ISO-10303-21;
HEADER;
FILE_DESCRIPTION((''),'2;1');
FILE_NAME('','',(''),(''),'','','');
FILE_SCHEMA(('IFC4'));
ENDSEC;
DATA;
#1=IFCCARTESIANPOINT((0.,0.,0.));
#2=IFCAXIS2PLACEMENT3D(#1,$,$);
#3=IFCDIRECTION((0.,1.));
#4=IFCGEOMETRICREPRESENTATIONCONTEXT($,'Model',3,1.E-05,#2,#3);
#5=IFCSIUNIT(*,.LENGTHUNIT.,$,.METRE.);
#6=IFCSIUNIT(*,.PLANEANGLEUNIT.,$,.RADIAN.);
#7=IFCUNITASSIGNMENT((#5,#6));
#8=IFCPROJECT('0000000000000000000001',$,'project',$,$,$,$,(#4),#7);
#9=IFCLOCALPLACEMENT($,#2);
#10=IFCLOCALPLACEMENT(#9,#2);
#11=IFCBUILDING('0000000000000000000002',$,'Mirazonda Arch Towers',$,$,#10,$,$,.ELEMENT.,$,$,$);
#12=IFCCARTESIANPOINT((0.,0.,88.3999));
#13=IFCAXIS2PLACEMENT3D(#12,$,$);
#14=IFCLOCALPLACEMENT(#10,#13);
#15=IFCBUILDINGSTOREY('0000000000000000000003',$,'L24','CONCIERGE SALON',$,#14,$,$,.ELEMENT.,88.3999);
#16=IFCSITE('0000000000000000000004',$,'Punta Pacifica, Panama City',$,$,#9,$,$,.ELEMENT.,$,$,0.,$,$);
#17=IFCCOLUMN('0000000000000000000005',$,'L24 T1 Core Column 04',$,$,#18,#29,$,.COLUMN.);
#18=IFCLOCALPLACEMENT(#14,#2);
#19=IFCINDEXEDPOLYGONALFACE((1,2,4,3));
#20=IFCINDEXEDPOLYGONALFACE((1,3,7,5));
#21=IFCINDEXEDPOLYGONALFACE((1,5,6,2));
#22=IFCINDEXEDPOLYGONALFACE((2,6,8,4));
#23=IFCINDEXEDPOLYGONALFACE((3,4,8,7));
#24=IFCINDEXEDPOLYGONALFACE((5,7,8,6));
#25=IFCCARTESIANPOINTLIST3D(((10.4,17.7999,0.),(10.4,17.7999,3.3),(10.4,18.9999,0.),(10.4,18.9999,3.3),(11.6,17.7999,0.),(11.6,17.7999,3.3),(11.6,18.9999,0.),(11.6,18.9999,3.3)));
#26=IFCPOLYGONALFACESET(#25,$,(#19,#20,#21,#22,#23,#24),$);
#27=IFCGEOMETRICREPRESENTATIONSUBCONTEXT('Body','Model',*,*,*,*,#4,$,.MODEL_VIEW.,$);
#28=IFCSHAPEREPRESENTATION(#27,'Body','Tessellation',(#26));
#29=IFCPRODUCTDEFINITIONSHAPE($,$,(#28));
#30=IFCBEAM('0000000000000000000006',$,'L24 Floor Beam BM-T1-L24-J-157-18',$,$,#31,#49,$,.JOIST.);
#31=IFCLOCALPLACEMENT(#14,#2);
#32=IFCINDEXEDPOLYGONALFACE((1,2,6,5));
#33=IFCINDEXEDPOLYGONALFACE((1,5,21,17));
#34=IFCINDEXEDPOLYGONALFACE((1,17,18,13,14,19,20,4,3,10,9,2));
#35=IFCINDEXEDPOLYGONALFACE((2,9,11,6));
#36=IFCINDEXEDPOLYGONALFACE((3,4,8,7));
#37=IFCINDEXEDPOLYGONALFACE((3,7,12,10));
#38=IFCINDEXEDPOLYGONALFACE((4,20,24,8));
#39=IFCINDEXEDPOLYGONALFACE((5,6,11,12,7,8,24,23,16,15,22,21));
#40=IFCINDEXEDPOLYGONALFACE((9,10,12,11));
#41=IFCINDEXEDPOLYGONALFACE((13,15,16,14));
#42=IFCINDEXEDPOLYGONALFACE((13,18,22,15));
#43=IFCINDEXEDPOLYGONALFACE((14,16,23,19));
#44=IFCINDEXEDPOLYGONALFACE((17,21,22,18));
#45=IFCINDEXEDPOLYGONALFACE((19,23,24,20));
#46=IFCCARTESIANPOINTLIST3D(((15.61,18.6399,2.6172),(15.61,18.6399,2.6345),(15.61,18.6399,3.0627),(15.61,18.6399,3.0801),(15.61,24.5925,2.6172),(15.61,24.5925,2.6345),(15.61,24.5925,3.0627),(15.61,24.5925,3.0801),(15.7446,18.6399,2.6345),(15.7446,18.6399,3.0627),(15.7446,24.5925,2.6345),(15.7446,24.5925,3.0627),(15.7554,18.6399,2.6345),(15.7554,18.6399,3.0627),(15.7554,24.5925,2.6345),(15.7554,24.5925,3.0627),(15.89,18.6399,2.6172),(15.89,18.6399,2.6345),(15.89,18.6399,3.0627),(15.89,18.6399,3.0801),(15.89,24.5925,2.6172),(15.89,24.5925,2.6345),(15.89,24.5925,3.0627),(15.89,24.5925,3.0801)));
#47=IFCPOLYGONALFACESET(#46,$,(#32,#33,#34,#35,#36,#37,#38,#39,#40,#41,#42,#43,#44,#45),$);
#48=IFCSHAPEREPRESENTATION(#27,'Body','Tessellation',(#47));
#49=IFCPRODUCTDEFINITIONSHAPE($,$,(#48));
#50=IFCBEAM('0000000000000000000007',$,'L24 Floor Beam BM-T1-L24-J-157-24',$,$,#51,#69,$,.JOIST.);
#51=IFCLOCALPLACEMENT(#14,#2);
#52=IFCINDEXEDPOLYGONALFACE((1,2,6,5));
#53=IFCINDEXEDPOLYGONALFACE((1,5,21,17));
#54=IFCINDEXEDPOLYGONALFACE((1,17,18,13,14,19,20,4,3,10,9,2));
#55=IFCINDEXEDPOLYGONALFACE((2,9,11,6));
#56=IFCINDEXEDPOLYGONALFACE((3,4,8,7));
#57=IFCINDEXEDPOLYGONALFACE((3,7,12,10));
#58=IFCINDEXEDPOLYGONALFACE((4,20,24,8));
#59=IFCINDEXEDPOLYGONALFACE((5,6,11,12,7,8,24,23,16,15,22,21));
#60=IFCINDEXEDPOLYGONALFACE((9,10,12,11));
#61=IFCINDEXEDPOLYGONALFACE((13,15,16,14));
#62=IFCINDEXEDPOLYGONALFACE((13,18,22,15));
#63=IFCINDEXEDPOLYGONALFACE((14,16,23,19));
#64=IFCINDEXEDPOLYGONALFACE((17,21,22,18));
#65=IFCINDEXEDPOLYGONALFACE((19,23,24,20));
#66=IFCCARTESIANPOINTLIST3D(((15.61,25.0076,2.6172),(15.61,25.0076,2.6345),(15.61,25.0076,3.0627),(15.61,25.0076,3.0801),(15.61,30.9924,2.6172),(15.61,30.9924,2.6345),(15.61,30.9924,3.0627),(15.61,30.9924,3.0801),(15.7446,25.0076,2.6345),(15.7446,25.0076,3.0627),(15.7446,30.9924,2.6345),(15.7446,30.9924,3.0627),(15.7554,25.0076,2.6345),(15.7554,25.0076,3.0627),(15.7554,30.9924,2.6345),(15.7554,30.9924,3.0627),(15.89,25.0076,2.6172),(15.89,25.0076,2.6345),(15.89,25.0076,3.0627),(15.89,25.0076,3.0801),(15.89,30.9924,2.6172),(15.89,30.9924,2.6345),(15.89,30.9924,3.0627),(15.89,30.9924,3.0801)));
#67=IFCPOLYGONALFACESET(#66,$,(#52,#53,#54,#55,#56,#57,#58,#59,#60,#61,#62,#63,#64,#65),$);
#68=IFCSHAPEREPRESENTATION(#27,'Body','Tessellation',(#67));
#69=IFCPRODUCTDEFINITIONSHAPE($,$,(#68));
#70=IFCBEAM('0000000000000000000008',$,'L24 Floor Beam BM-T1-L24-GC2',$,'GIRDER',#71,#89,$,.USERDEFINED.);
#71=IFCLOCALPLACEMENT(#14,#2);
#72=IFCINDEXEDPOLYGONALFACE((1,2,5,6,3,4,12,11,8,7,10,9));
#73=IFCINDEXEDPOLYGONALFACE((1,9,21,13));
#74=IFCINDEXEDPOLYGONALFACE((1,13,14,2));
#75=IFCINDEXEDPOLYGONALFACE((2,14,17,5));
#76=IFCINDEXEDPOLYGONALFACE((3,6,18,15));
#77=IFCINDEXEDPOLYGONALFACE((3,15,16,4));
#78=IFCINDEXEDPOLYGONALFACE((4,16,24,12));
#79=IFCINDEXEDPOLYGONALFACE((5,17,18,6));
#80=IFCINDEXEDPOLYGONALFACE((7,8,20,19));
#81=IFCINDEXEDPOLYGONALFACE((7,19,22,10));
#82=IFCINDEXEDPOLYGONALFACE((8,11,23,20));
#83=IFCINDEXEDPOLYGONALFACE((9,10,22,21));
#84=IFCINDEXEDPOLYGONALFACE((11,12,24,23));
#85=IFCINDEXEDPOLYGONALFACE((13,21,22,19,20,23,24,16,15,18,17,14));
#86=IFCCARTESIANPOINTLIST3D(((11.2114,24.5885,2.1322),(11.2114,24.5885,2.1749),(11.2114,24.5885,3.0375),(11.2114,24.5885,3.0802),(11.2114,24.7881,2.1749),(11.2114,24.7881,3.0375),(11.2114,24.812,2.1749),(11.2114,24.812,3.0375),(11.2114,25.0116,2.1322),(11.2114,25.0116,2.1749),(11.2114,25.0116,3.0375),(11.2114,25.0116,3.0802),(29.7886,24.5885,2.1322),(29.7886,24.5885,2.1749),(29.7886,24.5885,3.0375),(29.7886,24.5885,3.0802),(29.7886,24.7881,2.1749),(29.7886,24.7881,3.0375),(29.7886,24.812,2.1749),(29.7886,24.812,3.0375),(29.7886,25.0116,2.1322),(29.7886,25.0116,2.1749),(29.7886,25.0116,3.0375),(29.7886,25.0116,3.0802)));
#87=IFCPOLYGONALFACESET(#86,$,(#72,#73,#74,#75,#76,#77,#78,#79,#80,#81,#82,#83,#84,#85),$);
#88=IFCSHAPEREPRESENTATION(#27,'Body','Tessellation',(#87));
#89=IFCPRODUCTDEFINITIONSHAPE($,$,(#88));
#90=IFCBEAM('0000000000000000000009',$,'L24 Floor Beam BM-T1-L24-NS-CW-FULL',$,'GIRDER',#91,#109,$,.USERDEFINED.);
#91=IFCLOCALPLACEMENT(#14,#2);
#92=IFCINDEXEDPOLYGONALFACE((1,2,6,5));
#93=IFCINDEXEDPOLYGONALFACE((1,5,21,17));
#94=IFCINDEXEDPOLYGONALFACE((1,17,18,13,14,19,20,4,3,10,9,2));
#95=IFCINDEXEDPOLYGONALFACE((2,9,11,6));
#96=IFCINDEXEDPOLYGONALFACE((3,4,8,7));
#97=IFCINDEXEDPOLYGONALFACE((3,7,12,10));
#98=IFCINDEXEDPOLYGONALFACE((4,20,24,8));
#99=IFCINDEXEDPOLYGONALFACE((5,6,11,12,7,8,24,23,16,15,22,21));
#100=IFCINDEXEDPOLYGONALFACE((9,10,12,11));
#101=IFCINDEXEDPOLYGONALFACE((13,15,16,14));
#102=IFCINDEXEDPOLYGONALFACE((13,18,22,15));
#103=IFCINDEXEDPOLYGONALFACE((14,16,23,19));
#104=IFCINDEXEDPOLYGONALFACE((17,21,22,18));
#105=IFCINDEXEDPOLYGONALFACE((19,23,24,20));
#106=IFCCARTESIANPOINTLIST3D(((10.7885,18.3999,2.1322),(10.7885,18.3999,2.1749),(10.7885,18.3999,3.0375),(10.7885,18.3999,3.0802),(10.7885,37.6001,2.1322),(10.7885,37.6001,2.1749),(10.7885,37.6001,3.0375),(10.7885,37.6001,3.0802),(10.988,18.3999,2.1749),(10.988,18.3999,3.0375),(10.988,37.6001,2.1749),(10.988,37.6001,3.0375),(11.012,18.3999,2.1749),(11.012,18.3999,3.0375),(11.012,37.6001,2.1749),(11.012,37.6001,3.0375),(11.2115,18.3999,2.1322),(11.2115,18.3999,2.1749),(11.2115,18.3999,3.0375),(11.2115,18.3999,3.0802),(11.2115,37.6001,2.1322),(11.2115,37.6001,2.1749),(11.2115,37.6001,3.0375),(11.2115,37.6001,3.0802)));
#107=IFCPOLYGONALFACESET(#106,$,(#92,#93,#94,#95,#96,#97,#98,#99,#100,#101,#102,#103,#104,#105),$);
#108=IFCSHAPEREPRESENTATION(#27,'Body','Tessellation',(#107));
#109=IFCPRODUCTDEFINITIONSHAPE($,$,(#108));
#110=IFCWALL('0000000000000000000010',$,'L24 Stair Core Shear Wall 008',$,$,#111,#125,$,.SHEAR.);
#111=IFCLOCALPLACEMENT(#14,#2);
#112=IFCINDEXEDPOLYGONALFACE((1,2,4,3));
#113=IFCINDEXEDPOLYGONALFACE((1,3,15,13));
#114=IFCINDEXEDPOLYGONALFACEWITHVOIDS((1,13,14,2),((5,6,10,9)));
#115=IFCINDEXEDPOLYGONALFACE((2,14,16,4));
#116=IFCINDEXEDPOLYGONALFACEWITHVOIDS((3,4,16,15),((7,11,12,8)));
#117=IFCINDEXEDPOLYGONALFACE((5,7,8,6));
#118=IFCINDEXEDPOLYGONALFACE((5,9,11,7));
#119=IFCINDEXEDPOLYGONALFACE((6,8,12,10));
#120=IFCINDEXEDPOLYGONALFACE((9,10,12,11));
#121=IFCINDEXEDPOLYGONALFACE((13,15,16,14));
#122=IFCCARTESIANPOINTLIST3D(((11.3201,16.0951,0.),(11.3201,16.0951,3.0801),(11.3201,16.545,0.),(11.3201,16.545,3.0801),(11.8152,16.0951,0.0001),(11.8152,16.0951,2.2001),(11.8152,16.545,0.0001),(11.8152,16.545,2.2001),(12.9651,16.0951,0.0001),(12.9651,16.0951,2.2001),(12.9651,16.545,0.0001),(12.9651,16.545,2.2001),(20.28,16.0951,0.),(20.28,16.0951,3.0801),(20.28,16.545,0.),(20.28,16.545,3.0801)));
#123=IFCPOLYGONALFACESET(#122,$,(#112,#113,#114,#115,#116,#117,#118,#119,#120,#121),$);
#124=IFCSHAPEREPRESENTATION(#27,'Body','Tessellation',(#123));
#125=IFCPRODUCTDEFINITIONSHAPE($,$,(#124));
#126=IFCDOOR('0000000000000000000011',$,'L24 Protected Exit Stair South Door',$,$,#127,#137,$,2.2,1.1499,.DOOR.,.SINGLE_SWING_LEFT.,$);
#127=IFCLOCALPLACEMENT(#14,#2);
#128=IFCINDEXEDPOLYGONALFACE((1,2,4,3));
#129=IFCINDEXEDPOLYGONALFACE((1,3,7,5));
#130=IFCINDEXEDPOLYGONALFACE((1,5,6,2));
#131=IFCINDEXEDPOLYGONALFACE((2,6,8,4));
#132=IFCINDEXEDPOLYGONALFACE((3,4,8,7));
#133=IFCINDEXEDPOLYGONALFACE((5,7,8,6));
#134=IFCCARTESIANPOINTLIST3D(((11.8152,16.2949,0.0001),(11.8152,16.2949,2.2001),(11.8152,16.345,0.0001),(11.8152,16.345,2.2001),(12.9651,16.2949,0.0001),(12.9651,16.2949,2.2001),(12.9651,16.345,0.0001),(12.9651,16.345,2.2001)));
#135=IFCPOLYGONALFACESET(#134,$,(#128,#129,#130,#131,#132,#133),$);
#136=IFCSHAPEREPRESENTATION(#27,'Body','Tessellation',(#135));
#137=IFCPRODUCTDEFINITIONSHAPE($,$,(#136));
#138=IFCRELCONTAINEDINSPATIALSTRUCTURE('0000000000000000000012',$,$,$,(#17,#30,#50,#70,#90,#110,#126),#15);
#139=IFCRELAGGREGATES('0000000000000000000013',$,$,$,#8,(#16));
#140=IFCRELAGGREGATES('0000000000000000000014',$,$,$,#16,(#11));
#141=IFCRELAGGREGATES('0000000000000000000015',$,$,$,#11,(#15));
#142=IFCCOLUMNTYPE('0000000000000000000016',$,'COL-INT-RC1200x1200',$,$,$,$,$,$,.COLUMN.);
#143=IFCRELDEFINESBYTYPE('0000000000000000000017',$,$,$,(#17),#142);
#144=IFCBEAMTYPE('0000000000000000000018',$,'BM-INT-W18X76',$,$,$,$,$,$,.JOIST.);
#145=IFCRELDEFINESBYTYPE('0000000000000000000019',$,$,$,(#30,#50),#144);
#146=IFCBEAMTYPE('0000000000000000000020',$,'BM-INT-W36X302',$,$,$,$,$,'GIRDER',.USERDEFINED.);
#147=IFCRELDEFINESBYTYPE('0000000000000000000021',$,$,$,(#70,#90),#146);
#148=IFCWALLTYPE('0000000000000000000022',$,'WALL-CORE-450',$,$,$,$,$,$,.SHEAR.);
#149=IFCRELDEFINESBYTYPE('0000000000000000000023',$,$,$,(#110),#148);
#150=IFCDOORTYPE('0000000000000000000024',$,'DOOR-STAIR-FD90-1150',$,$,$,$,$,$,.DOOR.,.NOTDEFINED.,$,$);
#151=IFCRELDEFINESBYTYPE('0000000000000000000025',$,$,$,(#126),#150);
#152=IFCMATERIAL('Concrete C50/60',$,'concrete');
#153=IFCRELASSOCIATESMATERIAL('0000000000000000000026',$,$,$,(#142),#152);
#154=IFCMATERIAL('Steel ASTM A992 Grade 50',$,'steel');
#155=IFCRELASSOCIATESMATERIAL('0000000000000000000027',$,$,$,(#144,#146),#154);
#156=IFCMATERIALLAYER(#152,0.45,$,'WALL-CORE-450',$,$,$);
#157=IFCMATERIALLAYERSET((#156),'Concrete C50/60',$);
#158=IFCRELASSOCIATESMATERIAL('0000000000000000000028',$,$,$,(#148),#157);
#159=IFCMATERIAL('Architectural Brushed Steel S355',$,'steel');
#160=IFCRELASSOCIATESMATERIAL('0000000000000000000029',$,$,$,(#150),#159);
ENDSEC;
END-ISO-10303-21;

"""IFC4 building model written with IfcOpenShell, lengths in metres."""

from ifc_helpers import new_model, si_unit, direction, frame, frame_2d, origin, origin_2d, place, context, subcontext, project, spatial, rectangle, i_section, extrude, material, layer, layer_set, material_profile, profile_set, type_object, element, fill, save


model = new_model("IFC4")

# Units and contexts
model_context = context("Model", 3, precision=1e-05, world=origin(), true_north=direction((0.0, 1.0)))
body_context = subcontext(model_context, "Body", "Model", "MODEL_VIEW")
ifc_project = project(units=[si_unit("LENGTHUNIT", "METRE"), si_unit("PLANEANGLEUNIT", "RADIAN")], contexts=[model_context])

# Site, building, storey
site_placement = place(None, origin())
site = spatial("IfcSite", under=ifc_project, at=site_placement, Name="Punta Pacifica, Panama City", CompositionType="ELEMENT", RefElevation=0.0)
building_placement = place(site_placement, origin())
building = spatial("IfcBuilding", under=site, at=building_placement, Name="Mirazonda Arch Towers", CompositionType="ELEMENT")
storey_placement = place(building_placement, frame((0.0, 0.0, 88.3999)))
storey = spatial("IfcBuildingStorey", under=building, at=storey_placement, Name="L24", Description="CONCIERGE SALON", CompositionType="ELEMENT", Elevation=88.3999)

# Column
ifc_material_1 = material(Name="Concrete C50/60", Category="concrete")
ifc_material_profile_1 = material_profile(ifc_material_1, rectangle(XDim=1.2, YDim=1.2, at=origin_2d()), Name="RC1200x1200")
ifc_profile_set_1 = profile_set([ifc_material_profile_1], Name="Concrete C50/60")
column_type = type_object("IfcColumnType", Name="COL-INT-RC1200x1200", PredefinedType="COLUMN", material=ifc_profile_set_1)
column_placement = place(storey_placement, frame((11.0, 18.3999, 0.0), z_axis=(0.0, 0.0, 1.0), x_axis=(1.0, 0.0, 0.0)))
element("IfcColumn", 1, at=column_placement, inside=storey, type_object=column_type, Name="L24 T1 Core Column 04", PredefinedType="COLUMN", context=body_context, shape_type="SweptSolid", body=[
    extrude(rectangle(XDim=1.2, YDim=1.2, at=origin_2d()), origin(), (0.0, 0.0, 1.0), 3.3),
])

# Beams
ifc_material_2 = material(Name="Steel ASTM A992 Grade 50", Category="steel")
ifc_material_profile_2 = material_profile(ifc_material_2, i_section(OverallWidth=0.28, OverallDepth=0.4629, WebThickness=0.0107, FlangeThickness=0.0173, at=origin_2d()), Name="W18X76")
ifc_profile_set_2 = profile_set([ifc_material_profile_2], Name="Steel ASTM A992 Grade 50")
beam_type_1 = type_object("IfcBeamType", Name="BM-INT-W18X76", PredefinedType="JOIST", material=ifc_profile_set_2)
beam_1_placement = place(storey_placement, frame((15.75, 18.6399, 2.8486), z_axis=(0.0, 1.0, 0.0), x_axis=(-1.0, 0.0, 0.0)))
element("IfcBeam", 2, at=beam_1_placement, inside=storey, type_object=beam_type_1, Name="L24 Floor Beam BM-T1-L24-J-157-18", PredefinedType="JOIST", context=body_context, shape_type="SweptSolid", body=[
    extrude(i_section(OverallWidth=0.28, OverallDepth=0.4629, WebThickness=0.0107, FlangeThickness=0.0173, at=origin_2d()), origin(), (0.0, 0.0, 1.0), 5.9526),
])
beam_2_placement = place(storey_placement, frame((15.75, 25.0076, 2.8486), z_axis=(0.0, 1.0, 0.0), x_axis=(-1.0, 0.0, 0.0)))
element("IfcBeam", 3, at=beam_2_placement, inside=storey, type_object=beam_type_1, Name="L24 Floor Beam BM-T1-L24-J-157-24", PredefinedType="JOIST", context=body_context, shape_type="SweptSolid", body=[
    extrude(i_section(OverallWidth=0.28, OverallDepth=0.4629, WebThickness=0.0107, FlangeThickness=0.0173, at=origin_2d()), origin(), (0.0, 0.0, 1.0), 5.9849),
])
ifc_material_profile_3 = material_profile(ifc_material_2, i_section(OverallWidth=0.4231, OverallDepth=0.948, WebThickness=0.0239, FlangeThickness=0.0427, at=origin_2d()), Name="W36X302")
ifc_profile_set_3 = profile_set([ifc_material_profile_3], Name="Steel ASTM A992 Grade 50")
beam_type_2 = type_object("IfcBeamType", Name="BM-INT-W36X302", ElementType="GIRDER", PredefinedType="USERDEFINED", material=ifc_profile_set_3)
beam_3_placement = place(storey_placement, frame((11.2114, 24.8, 2.6062), z_axis=(1.0, 0.0, 0.0), x_axis=(0.0, 1.0, 0.0)))
element("IfcBeam", 4, at=beam_3_placement, inside=storey, type_object=beam_type_2, Name="L24 Floor Beam BM-T1-L24-GC2", ObjectType="GIRDER", PredefinedType="USERDEFINED", context=body_context, shape_type="SweptSolid", body=[
    extrude(i_section(OverallWidth=0.4231, OverallDepth=0.948, WebThickness=0.0239, FlangeThickness=0.0427, at=origin_2d()), origin(), (0.0, 0.0, 1.0), 18.5771),
])
beam_4_placement = place(storey_placement, frame((11.0, 18.3999, 2.6062), z_axis=(0.0, 1.0, 0.0), x_axis=(-1.0, 0.0, 0.0)))
element("IfcBeam", 5, at=beam_4_placement, inside=storey, type_object=beam_type_2, Name="L24 Floor Beam BM-T1-L24-NS-CW-FULL", ObjectType="GIRDER", PredefinedType="USERDEFINED", context=body_context, shape_type="SweptSolid", body=[
    extrude(i_section(OverallWidth=0.4231, OverallDepth=0.948, WebThickness=0.0239, FlangeThickness=0.0427, at=origin_2d()), origin(), (0.0, 0.0, 1.0), 19.2002),
])

# Wall, opening, door
ifc_layer_1 = layer(ifc_material_1, 0.45, Name="WALL-CORE-450")
ifc_layer_set_1 = layer_set([ifc_layer_1], Name="Concrete C50/60")
wall_type_1 = type_object("IfcWallType", Name="WALL-CORE-450", PredefinedType="SHEAR", material=ifc_layer_set_1)
wall_1_placement = place(storey_placement, frame((11.3201, 16.3201, 0.0), z_axis=(0.0, 0.0, 1.0), x_axis=(1.0, 0.0, 0.0)))
wall_1 = element("IfcWall", 6, at=wall_1_placement, inside=storey, type_object=wall_type_1, Name="L24 Stair Core Shear Wall 008", PredefinedType="SHEAR", context=body_context, shape_type="SweptSolid", body=[
    extrude(rectangle(XDim=8.96, YDim=0.45, at=frame_2d((4.48, 0.0))), origin(), (0.0, 0.0, 1.0), 3.0801),
])
opening_1_placement = place(wall_1_placement, frame((0.4951, 0.0, 0.0)))
opening_1 = element("IfcOpeningElement", 7, at=opening_1_placement, cuts=wall_1, PredefinedType="OPENING", context=body_context, shape_type="SweptSolid", body=[
    extrude(rectangle(XDim=1.1499, YDim=2.2, at=frame_2d((0.575, 1.1001))), frame((0.0, 0.2349, 0.0), z_axis=(0.0, -1.0, 0.0), x_axis=(1.0, 0.0, 0.0)), (0.0, 0.0, 1.0), 0.47),
])
ifc_material_3 = material(Name="Architectural Brushed Steel S355", Category="steel")
door_type_1 = type_object("IfcDoorType", Name="DOOR-STAIR-FD90-1150", OperationType="NOTDEFINED", PredefinedType="DOOR", material=ifc_material_3)
door_1_placement = place(opening_1_placement, origin())
door_1 = element("IfcDoor", 8, at=door_1_placement, inside=storey, type_object=door_type_1, Name="L24 Protected Exit Stair South Door", OperationType="SINGLE_SWING_LEFT", OverallHeight=2.2, OverallWidth=1.1499, PredefinedType="DOOR", context=body_context, shape_type="SweptSolid", body=[
    extrude(rectangle(XDim=1.1499, YDim=2.2, at=frame_2d((0.575, 1.1001))), frame((0.0, 0.0249, 0.0), z_axis=(0.0, -1.0, 0.0), x_axis=(1.0, 0.0, 0.0)), (0.0, 0.0, 1.0), 0.05),
])
fill(opening_1, door_1)

save(model, "model.ifc")
